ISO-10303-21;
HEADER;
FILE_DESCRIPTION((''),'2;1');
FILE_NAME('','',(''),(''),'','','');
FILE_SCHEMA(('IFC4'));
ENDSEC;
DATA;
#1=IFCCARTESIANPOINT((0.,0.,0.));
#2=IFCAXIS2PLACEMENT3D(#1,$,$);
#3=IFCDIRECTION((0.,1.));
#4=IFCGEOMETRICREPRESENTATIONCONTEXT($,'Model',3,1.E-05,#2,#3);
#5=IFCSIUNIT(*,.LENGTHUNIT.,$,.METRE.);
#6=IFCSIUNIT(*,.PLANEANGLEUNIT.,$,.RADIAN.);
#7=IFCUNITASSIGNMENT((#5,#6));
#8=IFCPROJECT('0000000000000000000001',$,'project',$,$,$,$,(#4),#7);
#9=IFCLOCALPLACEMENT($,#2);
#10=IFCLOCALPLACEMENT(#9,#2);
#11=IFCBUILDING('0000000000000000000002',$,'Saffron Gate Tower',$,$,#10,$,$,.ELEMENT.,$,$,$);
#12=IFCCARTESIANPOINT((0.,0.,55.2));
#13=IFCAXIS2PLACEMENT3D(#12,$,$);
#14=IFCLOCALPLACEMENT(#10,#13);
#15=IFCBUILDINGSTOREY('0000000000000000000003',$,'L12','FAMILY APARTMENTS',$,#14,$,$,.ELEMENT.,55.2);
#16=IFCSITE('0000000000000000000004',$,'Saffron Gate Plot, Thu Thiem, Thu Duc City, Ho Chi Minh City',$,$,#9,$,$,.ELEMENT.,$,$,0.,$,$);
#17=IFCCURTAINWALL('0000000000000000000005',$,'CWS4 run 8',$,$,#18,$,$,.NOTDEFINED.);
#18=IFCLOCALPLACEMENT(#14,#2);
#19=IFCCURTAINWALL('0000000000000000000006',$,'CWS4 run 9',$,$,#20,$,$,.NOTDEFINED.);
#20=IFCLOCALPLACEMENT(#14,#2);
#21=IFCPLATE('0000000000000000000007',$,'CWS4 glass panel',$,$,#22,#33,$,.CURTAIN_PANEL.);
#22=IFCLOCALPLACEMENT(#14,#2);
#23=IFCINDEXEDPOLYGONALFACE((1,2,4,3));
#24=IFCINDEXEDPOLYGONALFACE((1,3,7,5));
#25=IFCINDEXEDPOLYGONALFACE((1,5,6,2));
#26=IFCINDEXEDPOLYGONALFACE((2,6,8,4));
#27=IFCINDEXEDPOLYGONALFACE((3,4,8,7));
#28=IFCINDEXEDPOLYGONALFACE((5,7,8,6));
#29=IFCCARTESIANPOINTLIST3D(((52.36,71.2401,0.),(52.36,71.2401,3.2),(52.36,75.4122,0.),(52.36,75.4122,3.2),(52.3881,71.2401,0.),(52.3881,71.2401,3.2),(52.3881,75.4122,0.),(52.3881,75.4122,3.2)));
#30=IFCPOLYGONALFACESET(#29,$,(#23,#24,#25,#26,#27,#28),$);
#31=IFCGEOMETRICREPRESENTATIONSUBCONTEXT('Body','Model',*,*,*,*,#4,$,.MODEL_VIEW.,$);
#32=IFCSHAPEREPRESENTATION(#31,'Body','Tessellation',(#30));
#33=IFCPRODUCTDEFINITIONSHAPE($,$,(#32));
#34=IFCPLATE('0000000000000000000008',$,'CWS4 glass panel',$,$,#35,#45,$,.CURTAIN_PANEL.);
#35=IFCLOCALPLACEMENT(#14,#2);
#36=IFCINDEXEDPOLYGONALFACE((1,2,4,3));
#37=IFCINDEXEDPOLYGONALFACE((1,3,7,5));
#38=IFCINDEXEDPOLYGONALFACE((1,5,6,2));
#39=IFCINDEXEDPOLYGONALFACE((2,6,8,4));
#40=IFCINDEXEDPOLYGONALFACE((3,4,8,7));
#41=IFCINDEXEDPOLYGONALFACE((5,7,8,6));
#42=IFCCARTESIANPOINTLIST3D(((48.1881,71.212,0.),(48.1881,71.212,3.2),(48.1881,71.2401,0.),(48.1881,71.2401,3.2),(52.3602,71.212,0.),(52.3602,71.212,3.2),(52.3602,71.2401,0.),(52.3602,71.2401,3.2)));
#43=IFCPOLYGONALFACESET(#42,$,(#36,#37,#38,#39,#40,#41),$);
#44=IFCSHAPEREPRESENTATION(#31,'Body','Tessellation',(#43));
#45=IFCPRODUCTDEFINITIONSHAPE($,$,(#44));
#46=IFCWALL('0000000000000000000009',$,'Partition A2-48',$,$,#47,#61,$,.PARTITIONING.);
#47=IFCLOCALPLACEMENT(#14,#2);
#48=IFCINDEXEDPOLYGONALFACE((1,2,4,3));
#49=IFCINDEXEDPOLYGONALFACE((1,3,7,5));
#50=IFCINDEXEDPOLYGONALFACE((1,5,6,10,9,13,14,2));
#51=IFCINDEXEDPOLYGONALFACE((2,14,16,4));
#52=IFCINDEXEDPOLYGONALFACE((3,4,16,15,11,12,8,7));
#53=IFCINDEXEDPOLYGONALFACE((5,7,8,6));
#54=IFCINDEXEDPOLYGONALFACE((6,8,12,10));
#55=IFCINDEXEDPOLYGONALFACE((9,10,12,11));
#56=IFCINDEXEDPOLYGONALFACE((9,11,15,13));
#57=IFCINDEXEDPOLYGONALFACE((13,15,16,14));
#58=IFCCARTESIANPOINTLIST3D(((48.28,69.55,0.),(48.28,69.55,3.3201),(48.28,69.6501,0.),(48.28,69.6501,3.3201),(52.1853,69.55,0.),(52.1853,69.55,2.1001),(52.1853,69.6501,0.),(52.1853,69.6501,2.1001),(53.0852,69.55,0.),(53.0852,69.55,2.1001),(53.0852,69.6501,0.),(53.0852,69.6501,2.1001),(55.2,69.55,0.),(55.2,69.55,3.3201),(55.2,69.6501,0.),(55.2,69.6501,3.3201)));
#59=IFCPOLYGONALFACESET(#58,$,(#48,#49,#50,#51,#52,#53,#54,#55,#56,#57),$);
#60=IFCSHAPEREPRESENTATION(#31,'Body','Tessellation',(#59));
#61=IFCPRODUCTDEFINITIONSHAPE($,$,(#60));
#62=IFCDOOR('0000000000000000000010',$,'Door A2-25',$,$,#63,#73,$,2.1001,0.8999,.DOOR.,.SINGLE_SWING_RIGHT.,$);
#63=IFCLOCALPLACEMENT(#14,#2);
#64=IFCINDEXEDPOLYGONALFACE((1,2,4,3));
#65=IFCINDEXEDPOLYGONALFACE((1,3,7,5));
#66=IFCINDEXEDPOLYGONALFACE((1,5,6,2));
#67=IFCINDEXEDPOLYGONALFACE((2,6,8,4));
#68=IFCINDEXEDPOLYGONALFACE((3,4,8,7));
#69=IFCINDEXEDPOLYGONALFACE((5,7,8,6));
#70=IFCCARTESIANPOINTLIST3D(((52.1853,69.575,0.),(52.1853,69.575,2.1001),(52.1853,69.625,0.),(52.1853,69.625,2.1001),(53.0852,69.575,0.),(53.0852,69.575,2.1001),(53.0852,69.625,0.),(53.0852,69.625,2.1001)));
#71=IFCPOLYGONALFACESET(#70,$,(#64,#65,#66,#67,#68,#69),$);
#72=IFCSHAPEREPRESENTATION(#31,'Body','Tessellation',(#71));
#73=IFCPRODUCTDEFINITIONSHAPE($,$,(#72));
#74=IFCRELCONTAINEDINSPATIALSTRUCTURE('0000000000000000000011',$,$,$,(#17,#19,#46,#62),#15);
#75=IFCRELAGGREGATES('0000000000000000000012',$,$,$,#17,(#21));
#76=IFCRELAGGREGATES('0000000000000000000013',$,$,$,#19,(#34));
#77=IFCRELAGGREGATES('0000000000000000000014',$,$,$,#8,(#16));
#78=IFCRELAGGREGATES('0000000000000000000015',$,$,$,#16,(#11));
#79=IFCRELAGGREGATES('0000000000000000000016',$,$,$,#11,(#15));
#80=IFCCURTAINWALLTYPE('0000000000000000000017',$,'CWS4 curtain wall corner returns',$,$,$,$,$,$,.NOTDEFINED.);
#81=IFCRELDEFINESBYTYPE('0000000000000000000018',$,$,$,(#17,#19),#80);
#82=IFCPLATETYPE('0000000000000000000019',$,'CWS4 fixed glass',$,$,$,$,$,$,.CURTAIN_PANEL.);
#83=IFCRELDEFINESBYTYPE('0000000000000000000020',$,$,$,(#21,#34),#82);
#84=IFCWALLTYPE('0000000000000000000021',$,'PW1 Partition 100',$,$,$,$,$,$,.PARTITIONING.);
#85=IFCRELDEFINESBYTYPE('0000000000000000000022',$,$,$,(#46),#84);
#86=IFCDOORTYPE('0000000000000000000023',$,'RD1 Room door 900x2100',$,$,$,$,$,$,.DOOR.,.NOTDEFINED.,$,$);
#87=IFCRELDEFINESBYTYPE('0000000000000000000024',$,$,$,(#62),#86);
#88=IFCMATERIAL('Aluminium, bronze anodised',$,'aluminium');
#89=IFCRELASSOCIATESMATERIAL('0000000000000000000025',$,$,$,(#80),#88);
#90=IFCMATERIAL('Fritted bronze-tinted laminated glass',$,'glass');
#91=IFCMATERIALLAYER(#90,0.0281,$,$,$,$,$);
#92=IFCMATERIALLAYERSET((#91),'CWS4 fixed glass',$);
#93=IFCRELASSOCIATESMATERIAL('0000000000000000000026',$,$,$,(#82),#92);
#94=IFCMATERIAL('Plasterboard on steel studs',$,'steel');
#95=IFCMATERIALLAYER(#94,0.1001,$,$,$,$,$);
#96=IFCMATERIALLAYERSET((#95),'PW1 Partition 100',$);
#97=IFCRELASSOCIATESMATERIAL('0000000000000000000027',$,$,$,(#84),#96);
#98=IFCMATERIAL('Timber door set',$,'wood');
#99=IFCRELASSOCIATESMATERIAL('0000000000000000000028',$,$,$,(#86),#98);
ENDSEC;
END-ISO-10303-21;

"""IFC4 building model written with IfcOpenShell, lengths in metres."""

from ifc_helpers import new_model, si_unit, direction, frame, frame_2d, origin, place, context, subcontext, project, spatial, rectangle, extrude, material, layer, layer_set, type_object, element, fill, aggregate, save


model = new_model("IFC4")

# Units and contexts
model_context = context("Model", 3, precision=1e-05, world=origin(), true_north=direction((0.0, 1.0)))
body_context = subcontext(model_context, "Body", "Model", "MODEL_VIEW")
ifc_project = project(units=[si_unit("LENGTHUNIT", "METRE"), si_unit("PLANEANGLEUNIT", "RADIAN")], contexts=[model_context])

# Site, building, storey
site_placement = place(None, origin())
site = spatial("IfcSite", under=ifc_project, at=site_placement, Name="Saffron Gate Plot, Thu Thiem, Thu Duc City, Ho Chi Minh City", CompositionType="ELEMENT", RefElevation=0.0)
building_placement = place(site_placement, origin())
building = spatial("IfcBuilding", under=site, at=building_placement, Name="Saffron Gate Tower", CompositionType="ELEMENT")
storey_placement = place(building_placement, frame((0.0, 0.0, 55.2)))
storey = spatial("IfcBuildingStorey", under=building, at=storey_placement, Name="L12", Description="FAMILY APARTMENTS", CompositionType="ELEMENT", Elevation=55.2)

# Shared definitions
ifc_material_1 = material(Name="Aluminium, bronze anodised", Category="aluminium")

# Curtain walls
curtain_wall_type_1 = type_object("IfcCurtainWallType", Name="CWS4 curtain wall corner returns", PredefinedType="NOTDEFINED", material=ifc_material_1)
curtain_wall_1_placement = place(storey_placement, origin())
curtain_wall_1 = element("IfcCurtainWall", 1, at=curtain_wall_1_placement, inside=storey, type_object=curtain_wall_type_1, Name="CWS4 run 8", PredefinedType="NOTDEFINED")
curtain_wall_2_placement = place(storey_placement, origin())
curtain_wall_2 = element("IfcCurtainWall", 2, at=curtain_wall_2_placement, inside=storey, type_object=curtain_wall_type_1, Name="CWS4 run 9", PredefinedType="NOTDEFINED")

# Shared definitions
ifc_material_2 = material(Name="Fritted bronze-tinted laminated glass", Category="glass")

# Plates
ifc_layer_1 = layer(ifc_material_2, 0.0281)
ifc_layer_set_1 = layer_set([ifc_layer_1], Name="CWS4 fixed glass")
plate_type_1 = type_object("IfcPlateType", Name="CWS4 fixed glass", PredefinedType="CURTAIN_PANEL", material=ifc_layer_set_1)
plate_1_placement = place(storey_placement, frame((52.374, 75.4121, 0.0), z_axis=(0.0, 0.0, 1.0), x_axis=(0.0, -1.0, 0.0)))
plate_1 = element("IfcPlate", 3, at=plate_1_placement, type_object=plate_type_1, Name="CWS4 glass panel", PredefinedType="CURTAIN_PANEL", context=body_context, shape_type="SweptSolid", body=[
    extrude(rectangle(XDim=4.1721, YDim=0.0281, at=frame_2d((2.0859, 0.0))), origin(), (0.0, 0.0, 1.0), 3.2),
])
aggregate(curtain_wall_1, [plate_1])
plate_2_placement = place(storey_placement, frame((52.3601, 71.2261, 0.0), z_axis=(0.0, 0.0, 1.0), x_axis=(-1.0, 0.0, 0.0)))
plate_2 = element("IfcPlate", 4, at=plate_2_placement, type_object=plate_type_1, Name="CWS4 glass panel", PredefinedType="CURTAIN_PANEL", context=body_context, shape_type="SweptSolid", body=[
    extrude(rectangle(XDim=4.1721, YDim=0.0281, at=frame_2d((2.0859, 0.0))), origin(), (0.0, 0.0, 1.0), 3.2),
])
aggregate(curtain_wall_2, [plate_2])

# Wall, opening, door
ifc_material_3 = material(Name="Plasterboard on steel studs", Category="steel")
ifc_layer_2 = layer(ifc_material_3, 0.1001)
ifc_layer_set_2 = layer_set([ifc_layer_2], Name="PW1 Partition 100")
wall_type = type_object("IfcWallType", Name="PW1 Partition 100", PredefinedType="PARTITIONING", material=ifc_layer_set_2)
wall_placement = place(storey_placement, frame((48.28, 69.6001, 0.0), z_axis=(0.0, 0.0, 1.0), x_axis=(1.0, 0.0, 0.0)))
wall = element("IfcWall", 5, at=wall_placement, inside=storey, type_object=wall_type, Name="Partition A2-48", PredefinedType="PARTITIONING", context=body_context, shape_type="SweptSolid", body=[
    extrude(rectangle(XDim=6.9199, YDim=0.1001, at=frame_2d((3.46, 0.0))), origin(), (0.0, 0.0, 1.0), 3.3201),
])
opening_1_placement = place(wall_placement, frame((3.9053, 0.0, 0.0)))
opening_1 = element("IfcOpeningElement", 6, at=opening_1_placement, cuts=wall, PredefinedType="OPENING", context=body_context, shape_type="SweptSolid", body=[
    extrude(rectangle(XDim=0.8999, YDim=2.1001, at=frame_2d((0.45, 1.05))), frame((0.0, 0.0601, 0.0), z_axis=(0.0, -1.0, 0.0), x_axis=(1.0, 0.0, 0.0)), (0.0, 0.0, 1.0), 0.1201),
])
ifc_material_4 = material(Name="Timber door set", Category="wood")
door_type = type_object("IfcDoorType", Name="RD1 Room door 900x2100", OperationType="NOTDEFINED", PredefinedType="DOOR", material=ifc_material_4)
door_placement = place(opening_1_placement, origin())
door = element("IfcDoor", 7, at=door_placement, inside=storey, type_object=door_type, Name="Door A2-25", OperationType="SINGLE_SWING_RIGHT", OverallHeight=2.1001, OverallWidth=0.8999, PredefinedType="DOOR", context=body_context, shape_type="SweptSolid", body=[
    extrude(rectangle(XDim=0.8999, YDim=2.1001, at=frame_2d((0.45, 1.05))), frame((0.0, 0.0249, 0.0), z_axis=(0.0, -1.0, 0.0), x_axis=(1.0, 0.0, 0.0)), (0.0, 0.0, 1.0), 0.05),
])
fill(opening_1, door)

save(model, "model.ifc")
